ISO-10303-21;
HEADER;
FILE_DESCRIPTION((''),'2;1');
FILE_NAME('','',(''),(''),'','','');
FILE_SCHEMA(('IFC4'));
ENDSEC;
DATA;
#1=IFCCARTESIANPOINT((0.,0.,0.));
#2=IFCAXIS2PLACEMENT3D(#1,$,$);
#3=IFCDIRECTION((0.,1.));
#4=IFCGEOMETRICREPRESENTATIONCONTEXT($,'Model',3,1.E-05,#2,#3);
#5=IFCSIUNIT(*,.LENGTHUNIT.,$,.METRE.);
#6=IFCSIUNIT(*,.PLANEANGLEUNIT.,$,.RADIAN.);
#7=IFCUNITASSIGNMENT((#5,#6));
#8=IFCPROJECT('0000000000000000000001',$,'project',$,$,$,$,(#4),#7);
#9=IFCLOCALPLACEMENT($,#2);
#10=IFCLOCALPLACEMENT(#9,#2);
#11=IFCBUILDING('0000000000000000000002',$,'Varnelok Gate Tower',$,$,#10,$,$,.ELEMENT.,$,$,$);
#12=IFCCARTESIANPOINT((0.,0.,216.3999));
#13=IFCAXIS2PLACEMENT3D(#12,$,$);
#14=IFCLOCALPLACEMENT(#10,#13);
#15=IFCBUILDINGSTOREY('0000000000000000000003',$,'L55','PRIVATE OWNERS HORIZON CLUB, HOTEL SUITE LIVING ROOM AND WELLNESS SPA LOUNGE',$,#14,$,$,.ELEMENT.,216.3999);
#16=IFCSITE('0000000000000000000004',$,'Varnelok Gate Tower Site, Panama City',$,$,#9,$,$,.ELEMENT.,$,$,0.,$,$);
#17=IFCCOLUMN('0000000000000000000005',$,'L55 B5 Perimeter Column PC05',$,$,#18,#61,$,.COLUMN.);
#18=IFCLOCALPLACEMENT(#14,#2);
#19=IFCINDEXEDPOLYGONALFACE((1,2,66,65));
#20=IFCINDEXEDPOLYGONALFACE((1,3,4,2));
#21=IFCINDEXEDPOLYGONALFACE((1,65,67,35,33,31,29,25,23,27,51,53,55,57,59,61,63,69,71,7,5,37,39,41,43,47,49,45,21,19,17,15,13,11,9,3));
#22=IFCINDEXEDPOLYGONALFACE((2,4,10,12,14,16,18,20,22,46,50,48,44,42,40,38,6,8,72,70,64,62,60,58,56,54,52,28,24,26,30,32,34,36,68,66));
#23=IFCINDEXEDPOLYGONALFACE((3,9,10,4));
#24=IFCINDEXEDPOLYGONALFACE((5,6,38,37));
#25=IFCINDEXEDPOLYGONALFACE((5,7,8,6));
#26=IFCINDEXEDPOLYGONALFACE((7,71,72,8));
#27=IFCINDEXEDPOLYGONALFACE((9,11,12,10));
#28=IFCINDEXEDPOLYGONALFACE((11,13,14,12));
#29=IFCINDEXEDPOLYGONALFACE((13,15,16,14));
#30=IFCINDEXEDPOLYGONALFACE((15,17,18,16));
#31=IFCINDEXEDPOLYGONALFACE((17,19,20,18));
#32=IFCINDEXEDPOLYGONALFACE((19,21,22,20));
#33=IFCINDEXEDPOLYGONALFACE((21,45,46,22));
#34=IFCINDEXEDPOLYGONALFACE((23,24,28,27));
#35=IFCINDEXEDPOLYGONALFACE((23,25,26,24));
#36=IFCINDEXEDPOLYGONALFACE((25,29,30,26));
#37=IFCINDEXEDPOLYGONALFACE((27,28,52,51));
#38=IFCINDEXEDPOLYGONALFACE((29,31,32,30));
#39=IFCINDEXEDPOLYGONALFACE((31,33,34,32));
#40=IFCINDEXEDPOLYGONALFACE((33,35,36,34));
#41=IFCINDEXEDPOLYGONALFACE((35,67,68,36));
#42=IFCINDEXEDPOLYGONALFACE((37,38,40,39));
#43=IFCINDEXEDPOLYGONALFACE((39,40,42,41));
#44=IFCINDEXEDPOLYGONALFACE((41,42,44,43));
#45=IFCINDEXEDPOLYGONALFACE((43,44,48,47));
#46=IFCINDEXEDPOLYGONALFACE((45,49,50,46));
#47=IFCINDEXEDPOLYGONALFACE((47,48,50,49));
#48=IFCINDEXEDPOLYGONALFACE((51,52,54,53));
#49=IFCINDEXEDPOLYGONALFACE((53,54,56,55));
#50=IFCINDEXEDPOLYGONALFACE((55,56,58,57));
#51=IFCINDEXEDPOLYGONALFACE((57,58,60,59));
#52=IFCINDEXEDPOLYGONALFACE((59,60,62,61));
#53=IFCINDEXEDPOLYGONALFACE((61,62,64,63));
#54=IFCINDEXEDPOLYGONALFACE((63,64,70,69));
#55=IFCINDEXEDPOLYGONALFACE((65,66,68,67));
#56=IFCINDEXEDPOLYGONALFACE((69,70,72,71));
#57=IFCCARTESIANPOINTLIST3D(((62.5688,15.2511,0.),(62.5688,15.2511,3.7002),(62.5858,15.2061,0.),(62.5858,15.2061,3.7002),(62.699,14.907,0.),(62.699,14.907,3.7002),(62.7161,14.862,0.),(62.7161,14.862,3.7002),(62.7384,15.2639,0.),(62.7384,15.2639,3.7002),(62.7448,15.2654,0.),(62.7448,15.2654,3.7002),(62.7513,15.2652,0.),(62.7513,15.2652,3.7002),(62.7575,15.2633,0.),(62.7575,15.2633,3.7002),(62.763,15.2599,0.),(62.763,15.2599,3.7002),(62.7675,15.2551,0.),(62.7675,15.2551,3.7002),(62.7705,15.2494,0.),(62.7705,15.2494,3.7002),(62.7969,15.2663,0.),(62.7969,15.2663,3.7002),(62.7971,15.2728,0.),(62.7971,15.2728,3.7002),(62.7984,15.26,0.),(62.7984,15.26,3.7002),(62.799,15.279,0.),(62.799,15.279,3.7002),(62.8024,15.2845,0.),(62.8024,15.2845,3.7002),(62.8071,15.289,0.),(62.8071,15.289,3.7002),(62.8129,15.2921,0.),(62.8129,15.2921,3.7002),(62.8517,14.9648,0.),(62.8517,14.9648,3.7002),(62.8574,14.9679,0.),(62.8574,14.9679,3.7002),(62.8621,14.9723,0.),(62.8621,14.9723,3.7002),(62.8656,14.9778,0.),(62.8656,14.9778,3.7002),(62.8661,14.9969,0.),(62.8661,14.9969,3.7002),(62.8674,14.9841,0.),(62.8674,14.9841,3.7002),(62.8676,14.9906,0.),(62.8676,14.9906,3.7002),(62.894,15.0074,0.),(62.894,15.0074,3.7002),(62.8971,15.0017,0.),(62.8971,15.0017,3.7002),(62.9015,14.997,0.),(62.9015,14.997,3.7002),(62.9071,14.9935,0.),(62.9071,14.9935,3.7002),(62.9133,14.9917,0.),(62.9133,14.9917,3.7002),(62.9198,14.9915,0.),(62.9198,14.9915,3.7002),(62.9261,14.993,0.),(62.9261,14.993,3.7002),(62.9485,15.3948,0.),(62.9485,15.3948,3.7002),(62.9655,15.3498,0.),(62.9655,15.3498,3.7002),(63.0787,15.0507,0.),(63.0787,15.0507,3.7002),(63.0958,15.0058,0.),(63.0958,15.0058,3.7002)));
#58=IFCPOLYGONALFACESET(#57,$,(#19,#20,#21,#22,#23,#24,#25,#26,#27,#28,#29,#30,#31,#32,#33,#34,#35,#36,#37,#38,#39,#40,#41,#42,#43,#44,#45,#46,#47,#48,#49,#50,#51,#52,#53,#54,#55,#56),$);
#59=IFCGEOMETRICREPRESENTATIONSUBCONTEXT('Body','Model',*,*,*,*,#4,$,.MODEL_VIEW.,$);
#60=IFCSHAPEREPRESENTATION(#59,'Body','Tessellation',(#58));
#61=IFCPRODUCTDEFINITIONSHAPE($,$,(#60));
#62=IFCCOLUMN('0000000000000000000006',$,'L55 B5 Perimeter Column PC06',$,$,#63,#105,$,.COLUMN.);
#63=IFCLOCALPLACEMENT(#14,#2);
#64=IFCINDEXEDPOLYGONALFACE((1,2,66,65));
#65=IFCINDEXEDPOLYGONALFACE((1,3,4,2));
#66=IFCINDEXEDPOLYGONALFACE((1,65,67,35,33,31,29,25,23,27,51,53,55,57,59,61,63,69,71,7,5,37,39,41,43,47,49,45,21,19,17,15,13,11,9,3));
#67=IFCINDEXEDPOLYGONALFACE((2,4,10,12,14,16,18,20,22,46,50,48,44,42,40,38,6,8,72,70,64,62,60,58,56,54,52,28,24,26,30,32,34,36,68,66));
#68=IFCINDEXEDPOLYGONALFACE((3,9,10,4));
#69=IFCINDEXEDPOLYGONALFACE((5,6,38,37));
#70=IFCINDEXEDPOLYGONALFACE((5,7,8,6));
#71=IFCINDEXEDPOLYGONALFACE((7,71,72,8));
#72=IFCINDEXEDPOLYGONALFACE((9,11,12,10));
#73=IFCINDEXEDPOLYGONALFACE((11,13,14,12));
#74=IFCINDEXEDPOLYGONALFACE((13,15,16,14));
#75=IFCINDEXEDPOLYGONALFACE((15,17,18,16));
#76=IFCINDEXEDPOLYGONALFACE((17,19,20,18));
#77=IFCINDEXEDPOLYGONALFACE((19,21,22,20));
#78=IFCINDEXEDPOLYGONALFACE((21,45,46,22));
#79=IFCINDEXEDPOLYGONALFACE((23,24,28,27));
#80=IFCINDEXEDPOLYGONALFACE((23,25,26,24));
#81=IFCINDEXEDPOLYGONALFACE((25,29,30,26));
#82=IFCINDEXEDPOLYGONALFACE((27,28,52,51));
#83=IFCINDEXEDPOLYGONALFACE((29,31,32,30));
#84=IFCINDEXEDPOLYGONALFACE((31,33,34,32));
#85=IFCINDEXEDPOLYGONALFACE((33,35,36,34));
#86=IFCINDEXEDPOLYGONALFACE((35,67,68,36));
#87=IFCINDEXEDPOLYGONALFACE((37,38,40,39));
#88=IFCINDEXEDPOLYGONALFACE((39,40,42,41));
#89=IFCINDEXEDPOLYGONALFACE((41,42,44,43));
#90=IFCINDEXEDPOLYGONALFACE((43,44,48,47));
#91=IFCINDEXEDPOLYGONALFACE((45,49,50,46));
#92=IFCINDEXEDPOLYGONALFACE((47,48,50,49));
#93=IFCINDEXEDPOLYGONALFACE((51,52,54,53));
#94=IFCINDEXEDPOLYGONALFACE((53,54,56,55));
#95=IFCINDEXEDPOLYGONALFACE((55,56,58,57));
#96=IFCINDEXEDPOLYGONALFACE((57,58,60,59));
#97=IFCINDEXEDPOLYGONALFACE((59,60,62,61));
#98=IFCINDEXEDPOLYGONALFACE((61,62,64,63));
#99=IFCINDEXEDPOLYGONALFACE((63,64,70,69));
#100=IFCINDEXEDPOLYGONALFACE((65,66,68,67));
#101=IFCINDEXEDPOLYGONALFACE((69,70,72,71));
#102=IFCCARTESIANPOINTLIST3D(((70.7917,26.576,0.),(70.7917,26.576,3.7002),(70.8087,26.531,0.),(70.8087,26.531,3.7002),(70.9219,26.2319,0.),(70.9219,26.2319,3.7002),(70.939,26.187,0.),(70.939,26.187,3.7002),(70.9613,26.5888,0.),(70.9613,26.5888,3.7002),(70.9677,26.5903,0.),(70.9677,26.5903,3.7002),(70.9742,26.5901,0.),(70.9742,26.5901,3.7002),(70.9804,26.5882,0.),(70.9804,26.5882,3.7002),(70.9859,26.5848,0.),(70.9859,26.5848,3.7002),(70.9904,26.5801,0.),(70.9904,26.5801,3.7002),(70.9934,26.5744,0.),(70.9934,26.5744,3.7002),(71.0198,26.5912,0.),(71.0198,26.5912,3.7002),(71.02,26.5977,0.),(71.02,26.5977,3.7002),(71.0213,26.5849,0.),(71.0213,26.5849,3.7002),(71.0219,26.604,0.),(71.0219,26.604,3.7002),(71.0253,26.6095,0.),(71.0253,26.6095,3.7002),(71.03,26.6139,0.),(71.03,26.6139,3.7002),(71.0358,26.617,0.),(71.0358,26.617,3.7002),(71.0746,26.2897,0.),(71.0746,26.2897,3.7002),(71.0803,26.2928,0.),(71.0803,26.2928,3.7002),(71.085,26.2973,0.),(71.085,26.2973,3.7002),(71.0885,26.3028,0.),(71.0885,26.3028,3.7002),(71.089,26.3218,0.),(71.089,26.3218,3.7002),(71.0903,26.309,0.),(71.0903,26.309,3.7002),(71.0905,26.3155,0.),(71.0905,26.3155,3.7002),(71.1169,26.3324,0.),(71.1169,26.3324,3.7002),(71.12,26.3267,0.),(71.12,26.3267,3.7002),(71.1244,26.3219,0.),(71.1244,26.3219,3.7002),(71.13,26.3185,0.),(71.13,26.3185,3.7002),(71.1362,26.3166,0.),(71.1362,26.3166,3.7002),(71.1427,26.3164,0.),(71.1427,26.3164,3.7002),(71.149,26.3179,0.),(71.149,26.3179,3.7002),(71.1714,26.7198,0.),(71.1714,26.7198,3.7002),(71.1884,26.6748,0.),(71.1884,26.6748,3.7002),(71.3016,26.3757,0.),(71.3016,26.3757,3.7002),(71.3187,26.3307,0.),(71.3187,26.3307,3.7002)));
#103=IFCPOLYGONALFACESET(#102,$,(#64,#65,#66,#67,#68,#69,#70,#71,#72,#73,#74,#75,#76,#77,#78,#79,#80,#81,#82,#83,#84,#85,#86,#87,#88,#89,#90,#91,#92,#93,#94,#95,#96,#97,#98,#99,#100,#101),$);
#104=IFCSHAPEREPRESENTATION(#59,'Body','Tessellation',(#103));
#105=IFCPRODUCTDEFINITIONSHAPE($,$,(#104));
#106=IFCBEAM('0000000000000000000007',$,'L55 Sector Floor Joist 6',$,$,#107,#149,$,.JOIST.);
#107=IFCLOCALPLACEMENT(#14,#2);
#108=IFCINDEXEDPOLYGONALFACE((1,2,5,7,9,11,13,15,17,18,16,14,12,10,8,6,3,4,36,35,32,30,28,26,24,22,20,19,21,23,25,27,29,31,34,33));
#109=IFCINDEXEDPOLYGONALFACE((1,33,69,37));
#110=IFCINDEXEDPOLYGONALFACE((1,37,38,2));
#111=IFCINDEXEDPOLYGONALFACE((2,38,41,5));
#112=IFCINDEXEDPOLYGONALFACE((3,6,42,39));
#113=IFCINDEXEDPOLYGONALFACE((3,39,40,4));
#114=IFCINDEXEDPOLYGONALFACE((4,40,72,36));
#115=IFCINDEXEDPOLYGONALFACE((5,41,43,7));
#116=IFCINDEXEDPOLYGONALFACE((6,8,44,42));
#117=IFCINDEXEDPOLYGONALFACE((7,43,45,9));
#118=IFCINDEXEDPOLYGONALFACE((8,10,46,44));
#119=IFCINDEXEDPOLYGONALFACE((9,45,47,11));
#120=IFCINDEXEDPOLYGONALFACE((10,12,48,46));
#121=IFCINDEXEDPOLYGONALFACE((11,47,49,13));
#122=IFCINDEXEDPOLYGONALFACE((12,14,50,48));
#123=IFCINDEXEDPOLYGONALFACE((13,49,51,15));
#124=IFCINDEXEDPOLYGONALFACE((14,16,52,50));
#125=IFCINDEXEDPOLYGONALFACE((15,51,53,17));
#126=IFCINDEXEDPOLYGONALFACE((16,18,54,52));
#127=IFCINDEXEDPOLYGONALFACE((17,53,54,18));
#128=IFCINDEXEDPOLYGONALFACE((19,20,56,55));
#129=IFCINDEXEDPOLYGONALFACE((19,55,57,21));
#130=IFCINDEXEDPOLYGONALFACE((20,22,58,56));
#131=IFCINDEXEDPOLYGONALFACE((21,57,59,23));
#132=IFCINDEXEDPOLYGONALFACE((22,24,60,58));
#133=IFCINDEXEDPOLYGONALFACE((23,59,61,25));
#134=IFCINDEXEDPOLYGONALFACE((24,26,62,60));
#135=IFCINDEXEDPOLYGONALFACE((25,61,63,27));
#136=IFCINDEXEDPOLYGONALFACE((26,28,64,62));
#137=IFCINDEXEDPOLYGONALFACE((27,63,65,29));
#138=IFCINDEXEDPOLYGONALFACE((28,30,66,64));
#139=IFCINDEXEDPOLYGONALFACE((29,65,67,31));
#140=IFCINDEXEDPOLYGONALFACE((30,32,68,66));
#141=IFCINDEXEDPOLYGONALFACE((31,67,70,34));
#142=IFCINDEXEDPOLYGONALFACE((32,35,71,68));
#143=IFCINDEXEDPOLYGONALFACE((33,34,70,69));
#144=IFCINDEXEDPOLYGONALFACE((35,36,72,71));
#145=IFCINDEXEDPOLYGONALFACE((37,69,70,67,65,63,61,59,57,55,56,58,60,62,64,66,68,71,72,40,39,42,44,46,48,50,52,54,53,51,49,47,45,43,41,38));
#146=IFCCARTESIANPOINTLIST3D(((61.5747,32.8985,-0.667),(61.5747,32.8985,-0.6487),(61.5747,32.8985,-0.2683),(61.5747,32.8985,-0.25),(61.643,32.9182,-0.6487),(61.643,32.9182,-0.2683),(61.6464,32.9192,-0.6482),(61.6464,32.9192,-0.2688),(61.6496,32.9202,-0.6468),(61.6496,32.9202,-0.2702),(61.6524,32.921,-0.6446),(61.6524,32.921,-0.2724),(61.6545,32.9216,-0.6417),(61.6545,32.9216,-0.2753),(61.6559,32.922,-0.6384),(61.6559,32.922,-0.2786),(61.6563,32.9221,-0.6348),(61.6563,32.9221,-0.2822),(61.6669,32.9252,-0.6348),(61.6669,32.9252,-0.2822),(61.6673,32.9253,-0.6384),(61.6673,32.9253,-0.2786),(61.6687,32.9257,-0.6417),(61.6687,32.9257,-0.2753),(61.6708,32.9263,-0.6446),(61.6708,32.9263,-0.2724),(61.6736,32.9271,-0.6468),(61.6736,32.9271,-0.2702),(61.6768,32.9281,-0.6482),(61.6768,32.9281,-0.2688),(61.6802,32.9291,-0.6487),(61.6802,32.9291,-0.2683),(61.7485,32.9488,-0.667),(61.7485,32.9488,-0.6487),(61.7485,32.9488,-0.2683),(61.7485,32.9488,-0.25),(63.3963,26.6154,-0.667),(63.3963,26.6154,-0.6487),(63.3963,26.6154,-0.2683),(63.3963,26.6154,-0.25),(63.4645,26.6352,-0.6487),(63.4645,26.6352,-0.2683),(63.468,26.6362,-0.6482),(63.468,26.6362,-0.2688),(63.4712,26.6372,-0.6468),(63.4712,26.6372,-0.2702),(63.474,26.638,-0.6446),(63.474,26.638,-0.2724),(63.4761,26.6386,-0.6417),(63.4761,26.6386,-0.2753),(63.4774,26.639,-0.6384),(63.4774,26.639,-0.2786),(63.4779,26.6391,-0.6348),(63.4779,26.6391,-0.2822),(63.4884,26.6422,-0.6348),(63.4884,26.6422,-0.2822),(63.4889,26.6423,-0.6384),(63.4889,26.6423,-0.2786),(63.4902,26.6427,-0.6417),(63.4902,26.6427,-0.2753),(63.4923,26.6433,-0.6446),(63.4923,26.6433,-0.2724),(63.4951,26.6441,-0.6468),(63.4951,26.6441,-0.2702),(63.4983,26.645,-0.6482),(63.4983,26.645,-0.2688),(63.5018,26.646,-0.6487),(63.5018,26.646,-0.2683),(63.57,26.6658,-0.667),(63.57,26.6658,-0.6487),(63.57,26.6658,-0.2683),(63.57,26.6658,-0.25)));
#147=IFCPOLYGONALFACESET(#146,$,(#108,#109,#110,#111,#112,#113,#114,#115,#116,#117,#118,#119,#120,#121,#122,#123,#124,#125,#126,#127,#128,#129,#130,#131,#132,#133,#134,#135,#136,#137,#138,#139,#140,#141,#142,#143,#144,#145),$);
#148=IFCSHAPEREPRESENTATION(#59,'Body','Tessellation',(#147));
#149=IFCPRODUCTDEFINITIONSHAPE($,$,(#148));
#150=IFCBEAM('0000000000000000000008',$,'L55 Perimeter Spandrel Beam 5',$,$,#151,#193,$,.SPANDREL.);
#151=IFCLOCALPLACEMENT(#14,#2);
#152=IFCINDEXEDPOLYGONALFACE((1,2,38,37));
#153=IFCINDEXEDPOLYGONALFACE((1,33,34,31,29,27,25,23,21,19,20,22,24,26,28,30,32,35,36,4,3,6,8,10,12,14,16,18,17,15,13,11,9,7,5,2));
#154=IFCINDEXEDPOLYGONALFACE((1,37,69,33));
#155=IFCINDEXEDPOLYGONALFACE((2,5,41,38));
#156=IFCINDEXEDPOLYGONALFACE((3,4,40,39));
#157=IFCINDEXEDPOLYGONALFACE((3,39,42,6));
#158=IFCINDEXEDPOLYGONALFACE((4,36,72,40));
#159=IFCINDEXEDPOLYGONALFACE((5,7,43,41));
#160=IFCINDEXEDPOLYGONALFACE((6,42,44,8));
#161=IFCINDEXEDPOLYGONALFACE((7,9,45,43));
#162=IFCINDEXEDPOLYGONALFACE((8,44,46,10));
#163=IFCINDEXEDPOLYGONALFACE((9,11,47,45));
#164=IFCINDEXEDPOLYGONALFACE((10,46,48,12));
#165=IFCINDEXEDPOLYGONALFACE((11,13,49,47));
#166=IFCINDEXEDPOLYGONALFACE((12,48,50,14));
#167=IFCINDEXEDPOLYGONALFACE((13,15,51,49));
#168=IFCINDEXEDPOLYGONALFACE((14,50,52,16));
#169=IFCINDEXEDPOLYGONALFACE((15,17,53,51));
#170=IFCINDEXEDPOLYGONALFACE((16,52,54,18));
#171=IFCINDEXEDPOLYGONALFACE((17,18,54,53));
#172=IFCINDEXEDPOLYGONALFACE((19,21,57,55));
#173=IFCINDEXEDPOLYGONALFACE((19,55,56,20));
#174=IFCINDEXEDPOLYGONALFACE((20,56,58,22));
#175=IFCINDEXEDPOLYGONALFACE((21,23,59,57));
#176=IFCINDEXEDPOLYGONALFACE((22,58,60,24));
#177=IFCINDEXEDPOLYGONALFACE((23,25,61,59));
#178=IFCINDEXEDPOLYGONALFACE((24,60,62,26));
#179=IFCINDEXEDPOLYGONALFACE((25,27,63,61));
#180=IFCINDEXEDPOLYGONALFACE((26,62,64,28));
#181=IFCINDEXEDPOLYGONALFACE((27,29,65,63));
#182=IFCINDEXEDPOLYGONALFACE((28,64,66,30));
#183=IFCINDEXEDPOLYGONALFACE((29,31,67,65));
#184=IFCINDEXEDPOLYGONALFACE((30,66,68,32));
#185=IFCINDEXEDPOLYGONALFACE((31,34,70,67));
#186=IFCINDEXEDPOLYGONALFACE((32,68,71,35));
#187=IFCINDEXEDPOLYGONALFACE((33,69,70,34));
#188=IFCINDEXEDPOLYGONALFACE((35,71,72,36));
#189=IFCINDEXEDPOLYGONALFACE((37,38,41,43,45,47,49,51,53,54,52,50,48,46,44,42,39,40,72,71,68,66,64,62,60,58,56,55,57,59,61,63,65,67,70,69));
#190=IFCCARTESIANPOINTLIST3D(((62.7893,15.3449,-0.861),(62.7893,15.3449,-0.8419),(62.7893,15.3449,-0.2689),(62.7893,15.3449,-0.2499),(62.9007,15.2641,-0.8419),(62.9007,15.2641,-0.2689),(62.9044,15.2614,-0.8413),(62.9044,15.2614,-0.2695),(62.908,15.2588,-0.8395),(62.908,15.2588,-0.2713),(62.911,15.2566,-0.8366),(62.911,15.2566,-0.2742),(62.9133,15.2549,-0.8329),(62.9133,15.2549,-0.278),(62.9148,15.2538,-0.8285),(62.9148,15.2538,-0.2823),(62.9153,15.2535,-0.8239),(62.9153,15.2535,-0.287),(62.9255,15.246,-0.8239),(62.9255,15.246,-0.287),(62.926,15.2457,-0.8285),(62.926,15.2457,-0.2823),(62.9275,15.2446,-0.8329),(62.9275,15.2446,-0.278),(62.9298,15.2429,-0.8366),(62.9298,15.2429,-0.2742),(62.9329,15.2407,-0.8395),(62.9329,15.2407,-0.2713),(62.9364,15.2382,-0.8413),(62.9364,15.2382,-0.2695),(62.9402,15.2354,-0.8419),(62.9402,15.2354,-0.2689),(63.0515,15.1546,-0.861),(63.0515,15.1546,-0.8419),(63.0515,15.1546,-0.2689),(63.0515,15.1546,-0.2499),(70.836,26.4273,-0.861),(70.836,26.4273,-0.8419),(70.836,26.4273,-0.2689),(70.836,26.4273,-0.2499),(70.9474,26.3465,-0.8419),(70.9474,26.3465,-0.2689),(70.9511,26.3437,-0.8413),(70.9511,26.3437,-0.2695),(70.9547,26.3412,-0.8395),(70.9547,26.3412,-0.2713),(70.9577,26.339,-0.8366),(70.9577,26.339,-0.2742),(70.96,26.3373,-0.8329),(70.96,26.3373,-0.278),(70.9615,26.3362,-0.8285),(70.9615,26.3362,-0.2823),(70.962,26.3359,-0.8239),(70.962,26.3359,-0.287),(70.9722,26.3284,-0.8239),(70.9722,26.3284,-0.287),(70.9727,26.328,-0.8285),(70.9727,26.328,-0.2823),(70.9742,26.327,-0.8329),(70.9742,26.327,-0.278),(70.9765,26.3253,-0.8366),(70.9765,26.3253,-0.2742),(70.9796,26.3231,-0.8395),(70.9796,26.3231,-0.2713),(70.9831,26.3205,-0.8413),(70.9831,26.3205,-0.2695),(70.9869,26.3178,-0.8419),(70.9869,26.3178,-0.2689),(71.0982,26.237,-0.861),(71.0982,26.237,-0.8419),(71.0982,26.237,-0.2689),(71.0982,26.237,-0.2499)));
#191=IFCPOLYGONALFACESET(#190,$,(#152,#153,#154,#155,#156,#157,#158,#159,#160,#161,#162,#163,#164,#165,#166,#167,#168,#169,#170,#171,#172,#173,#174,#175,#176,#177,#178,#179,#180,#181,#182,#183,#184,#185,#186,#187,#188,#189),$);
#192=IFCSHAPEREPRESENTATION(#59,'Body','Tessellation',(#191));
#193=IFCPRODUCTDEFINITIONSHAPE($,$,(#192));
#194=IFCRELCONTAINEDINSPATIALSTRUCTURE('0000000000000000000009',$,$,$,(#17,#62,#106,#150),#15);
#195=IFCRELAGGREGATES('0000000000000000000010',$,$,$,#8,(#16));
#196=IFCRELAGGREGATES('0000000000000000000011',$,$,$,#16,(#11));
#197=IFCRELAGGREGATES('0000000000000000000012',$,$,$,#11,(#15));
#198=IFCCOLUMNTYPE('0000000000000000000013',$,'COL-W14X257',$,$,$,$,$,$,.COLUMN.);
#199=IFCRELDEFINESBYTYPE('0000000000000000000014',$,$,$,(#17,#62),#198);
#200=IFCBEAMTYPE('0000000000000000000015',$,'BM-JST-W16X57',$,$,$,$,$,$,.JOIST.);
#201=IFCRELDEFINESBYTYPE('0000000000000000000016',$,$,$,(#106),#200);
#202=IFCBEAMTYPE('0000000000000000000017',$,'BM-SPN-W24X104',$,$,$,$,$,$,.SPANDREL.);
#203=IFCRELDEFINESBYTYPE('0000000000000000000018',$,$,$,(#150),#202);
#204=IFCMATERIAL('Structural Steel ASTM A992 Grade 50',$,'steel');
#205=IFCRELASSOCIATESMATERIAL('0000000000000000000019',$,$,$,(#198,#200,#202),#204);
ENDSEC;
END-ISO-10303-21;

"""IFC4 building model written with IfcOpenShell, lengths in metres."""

from ifc_helpers import new_model, si_unit, direction, frame, origin, origin_2d, place, context, subcontext, project, spatial, i_section, extrude, material, material_profile, profile_set, type_object, element, save


model = new_model("IFC4")

# Units and contexts
model_context = context("Model", 3, precision=1e-05, world=origin(), true_north=direction((0.0, 1.0)))
body_context = subcontext(model_context, "Body", "Model", "MODEL_VIEW")
ifc_project = project(units=[si_unit("LENGTHUNIT", "METRE"), si_unit("PLANEANGLEUNIT", "RADIAN")], contexts=[model_context])

# Site, building, storey
site_placement = place(None, origin())
site = spatial("IfcSite", under=ifc_project, at=site_placement, Name="Varnelok Gate Tower Site, Panama City", CompositionType="ELEMENT", RefElevation=0.0)
building_placement = place(site_placement, origin())
building = spatial("IfcBuilding", under=site, at=building_placement, Name="Varnelok Gate Tower", CompositionType="ELEMENT")
storey_placement = place(building_placement, frame((0.0, 0.0, 216.3999)))
storey = spatial("IfcBuildingStorey", under=building, at=storey_placement, Name="L55", Description="PRIVATE OWNERS HORIZON CLUB, HOTEL SUITE LIVING ROOM AND WELLNESS SPA LOUNGE", CompositionType="ELEMENT", Elevation=216.3999)

# Columns
ifc_material_1 = material(Name="Structural Steel ASTM A992 Grade 50", Category="steel")
ifc_material_profile_1 = material_profile(ifc_material_1, i_section(OverallWidth=0.406, OverallDepth=0.416, WebThickness=0.0298, FlangeThickness=0.0481, FilletRadius=0.0249, at=origin_2d()), Name="W14X257")
ifc_profile_set_1 = profile_set([ifc_material_profile_1], Name="Structural Steel ASTM A992 Grade 50")
column_type = type_object("IfcColumnType", Name="COL-W14X257", PredefinedType="COLUMN", material=ifc_profile_set_1)
for number, where, z_axis, x_axis, name in (
    (1, (62.8323, 15.1284, 0.0), (0.0, 0.0, 1.0), (0.935222, 0.354063, 0.0), "L55 B5 Perimeter Column PC05"),
    (2, (71.0552, 26.4534, 0.0), (0.0, 0.0, 1.0), (0.935222, 0.354063, 0.0), "L55 B5 Perimeter Column PC06"),
):
    element("IfcColumn", number, at=place(storey_placement, frame(where, z_axis=z_axis, x_axis=x_axis)), inside=storey, type_object=column_type, Name=name, PredefinedType="COLUMN", context=body_context, shape_type="SweptSolid", body=[
        extrude(i_section(OverallWidth=0.406, OverallDepth=0.416, WebThickness=0.0298, FlangeThickness=0.0481, FilletRadius=0.0249, at=origin_2d()), origin(), (0.0, 0.0, 1.0), 3.7002),
    ])

# Beams
ifc_material_profile_2 = material_profile(ifc_material_1, i_section(OverallWidth=0.1809, OverallDepth=0.417, WebThickness=0.011, FlangeThickness=0.0183, FilletRadius=0.0139, at=origin_2d()), Name="W16X57")
ifc_profile_set_2 = profile_set([ifc_material_profile_2], Name="Structural Steel ASTM A992 Grade 50")
beam_type_1 = type_object("IfcBeamType", Name="BM-JST-W16X57", PredefinedType="JOIST", material=ifc_profile_set_2)
beam_1_placement = place(storey_placement, frame((63.4832, 26.6406, -0.4585), z_axis=(-0.27845, 0.960451, 0.0), x_axis=(-0.960451, -0.27845, 0.0)))
element("IfcBeam", 3, at=beam_1_placement, inside=storey, type_object=beam_type_1, Name="L55 Sector Floor Joist 6", PredefinedType="JOIST", context=body_context, shape_type="SweptSolid", body=[
    extrude(i_section(OverallWidth=0.1809, OverallDepth=0.417, WebThickness=0.011, FlangeThickness=0.0183, FilletRadius=0.0139, at=origin_2d()), origin(), (0.0, 0.0, 1.0), 6.5417),
])
ifc_material_profile_3 = material_profile(ifc_material_1, i_section(OverallWidth=0.324, OverallDepth=0.6111, WebThickness=0.0127, FlangeThickness=0.019, FilletRadius=0.0181, at=origin_2d()), Name="W24X104")
ifc_profile_set_3 = profile_set([ifc_material_profile_3], Name="Structural Steel ASTM A992 Grade 50")
beam_type_2 = type_object("IfcBeamType", Name="BM-SPN-W24X104", PredefinedType="SPANDREL", material=ifc_profile_set_3)
beam_2_placement = place(storey_placement, frame((62.9204, 15.2498, -0.5554), z_axis=(0.587541, 0.809195, 0.0), x_axis=(-0.809195, 0.587541, 0.0)))
element("IfcBeam", 4, at=beam_2_placement, inside=storey, type_object=beam_type_2, Name="L55 Perimeter Spandrel Beam 5", PredefinedType="SPANDREL", context=body_context, shape_type="SweptSolid", body=[
    extrude(i_section(OverallWidth=0.324, OverallDepth=0.6111, WebThickness=0.0127, FlangeThickness=0.019, FilletRadius=0.0181, at=origin_2d()), origin(), (0.0, 0.0, 1.0), 13.6956),
])

save(model, "model.ifc")
